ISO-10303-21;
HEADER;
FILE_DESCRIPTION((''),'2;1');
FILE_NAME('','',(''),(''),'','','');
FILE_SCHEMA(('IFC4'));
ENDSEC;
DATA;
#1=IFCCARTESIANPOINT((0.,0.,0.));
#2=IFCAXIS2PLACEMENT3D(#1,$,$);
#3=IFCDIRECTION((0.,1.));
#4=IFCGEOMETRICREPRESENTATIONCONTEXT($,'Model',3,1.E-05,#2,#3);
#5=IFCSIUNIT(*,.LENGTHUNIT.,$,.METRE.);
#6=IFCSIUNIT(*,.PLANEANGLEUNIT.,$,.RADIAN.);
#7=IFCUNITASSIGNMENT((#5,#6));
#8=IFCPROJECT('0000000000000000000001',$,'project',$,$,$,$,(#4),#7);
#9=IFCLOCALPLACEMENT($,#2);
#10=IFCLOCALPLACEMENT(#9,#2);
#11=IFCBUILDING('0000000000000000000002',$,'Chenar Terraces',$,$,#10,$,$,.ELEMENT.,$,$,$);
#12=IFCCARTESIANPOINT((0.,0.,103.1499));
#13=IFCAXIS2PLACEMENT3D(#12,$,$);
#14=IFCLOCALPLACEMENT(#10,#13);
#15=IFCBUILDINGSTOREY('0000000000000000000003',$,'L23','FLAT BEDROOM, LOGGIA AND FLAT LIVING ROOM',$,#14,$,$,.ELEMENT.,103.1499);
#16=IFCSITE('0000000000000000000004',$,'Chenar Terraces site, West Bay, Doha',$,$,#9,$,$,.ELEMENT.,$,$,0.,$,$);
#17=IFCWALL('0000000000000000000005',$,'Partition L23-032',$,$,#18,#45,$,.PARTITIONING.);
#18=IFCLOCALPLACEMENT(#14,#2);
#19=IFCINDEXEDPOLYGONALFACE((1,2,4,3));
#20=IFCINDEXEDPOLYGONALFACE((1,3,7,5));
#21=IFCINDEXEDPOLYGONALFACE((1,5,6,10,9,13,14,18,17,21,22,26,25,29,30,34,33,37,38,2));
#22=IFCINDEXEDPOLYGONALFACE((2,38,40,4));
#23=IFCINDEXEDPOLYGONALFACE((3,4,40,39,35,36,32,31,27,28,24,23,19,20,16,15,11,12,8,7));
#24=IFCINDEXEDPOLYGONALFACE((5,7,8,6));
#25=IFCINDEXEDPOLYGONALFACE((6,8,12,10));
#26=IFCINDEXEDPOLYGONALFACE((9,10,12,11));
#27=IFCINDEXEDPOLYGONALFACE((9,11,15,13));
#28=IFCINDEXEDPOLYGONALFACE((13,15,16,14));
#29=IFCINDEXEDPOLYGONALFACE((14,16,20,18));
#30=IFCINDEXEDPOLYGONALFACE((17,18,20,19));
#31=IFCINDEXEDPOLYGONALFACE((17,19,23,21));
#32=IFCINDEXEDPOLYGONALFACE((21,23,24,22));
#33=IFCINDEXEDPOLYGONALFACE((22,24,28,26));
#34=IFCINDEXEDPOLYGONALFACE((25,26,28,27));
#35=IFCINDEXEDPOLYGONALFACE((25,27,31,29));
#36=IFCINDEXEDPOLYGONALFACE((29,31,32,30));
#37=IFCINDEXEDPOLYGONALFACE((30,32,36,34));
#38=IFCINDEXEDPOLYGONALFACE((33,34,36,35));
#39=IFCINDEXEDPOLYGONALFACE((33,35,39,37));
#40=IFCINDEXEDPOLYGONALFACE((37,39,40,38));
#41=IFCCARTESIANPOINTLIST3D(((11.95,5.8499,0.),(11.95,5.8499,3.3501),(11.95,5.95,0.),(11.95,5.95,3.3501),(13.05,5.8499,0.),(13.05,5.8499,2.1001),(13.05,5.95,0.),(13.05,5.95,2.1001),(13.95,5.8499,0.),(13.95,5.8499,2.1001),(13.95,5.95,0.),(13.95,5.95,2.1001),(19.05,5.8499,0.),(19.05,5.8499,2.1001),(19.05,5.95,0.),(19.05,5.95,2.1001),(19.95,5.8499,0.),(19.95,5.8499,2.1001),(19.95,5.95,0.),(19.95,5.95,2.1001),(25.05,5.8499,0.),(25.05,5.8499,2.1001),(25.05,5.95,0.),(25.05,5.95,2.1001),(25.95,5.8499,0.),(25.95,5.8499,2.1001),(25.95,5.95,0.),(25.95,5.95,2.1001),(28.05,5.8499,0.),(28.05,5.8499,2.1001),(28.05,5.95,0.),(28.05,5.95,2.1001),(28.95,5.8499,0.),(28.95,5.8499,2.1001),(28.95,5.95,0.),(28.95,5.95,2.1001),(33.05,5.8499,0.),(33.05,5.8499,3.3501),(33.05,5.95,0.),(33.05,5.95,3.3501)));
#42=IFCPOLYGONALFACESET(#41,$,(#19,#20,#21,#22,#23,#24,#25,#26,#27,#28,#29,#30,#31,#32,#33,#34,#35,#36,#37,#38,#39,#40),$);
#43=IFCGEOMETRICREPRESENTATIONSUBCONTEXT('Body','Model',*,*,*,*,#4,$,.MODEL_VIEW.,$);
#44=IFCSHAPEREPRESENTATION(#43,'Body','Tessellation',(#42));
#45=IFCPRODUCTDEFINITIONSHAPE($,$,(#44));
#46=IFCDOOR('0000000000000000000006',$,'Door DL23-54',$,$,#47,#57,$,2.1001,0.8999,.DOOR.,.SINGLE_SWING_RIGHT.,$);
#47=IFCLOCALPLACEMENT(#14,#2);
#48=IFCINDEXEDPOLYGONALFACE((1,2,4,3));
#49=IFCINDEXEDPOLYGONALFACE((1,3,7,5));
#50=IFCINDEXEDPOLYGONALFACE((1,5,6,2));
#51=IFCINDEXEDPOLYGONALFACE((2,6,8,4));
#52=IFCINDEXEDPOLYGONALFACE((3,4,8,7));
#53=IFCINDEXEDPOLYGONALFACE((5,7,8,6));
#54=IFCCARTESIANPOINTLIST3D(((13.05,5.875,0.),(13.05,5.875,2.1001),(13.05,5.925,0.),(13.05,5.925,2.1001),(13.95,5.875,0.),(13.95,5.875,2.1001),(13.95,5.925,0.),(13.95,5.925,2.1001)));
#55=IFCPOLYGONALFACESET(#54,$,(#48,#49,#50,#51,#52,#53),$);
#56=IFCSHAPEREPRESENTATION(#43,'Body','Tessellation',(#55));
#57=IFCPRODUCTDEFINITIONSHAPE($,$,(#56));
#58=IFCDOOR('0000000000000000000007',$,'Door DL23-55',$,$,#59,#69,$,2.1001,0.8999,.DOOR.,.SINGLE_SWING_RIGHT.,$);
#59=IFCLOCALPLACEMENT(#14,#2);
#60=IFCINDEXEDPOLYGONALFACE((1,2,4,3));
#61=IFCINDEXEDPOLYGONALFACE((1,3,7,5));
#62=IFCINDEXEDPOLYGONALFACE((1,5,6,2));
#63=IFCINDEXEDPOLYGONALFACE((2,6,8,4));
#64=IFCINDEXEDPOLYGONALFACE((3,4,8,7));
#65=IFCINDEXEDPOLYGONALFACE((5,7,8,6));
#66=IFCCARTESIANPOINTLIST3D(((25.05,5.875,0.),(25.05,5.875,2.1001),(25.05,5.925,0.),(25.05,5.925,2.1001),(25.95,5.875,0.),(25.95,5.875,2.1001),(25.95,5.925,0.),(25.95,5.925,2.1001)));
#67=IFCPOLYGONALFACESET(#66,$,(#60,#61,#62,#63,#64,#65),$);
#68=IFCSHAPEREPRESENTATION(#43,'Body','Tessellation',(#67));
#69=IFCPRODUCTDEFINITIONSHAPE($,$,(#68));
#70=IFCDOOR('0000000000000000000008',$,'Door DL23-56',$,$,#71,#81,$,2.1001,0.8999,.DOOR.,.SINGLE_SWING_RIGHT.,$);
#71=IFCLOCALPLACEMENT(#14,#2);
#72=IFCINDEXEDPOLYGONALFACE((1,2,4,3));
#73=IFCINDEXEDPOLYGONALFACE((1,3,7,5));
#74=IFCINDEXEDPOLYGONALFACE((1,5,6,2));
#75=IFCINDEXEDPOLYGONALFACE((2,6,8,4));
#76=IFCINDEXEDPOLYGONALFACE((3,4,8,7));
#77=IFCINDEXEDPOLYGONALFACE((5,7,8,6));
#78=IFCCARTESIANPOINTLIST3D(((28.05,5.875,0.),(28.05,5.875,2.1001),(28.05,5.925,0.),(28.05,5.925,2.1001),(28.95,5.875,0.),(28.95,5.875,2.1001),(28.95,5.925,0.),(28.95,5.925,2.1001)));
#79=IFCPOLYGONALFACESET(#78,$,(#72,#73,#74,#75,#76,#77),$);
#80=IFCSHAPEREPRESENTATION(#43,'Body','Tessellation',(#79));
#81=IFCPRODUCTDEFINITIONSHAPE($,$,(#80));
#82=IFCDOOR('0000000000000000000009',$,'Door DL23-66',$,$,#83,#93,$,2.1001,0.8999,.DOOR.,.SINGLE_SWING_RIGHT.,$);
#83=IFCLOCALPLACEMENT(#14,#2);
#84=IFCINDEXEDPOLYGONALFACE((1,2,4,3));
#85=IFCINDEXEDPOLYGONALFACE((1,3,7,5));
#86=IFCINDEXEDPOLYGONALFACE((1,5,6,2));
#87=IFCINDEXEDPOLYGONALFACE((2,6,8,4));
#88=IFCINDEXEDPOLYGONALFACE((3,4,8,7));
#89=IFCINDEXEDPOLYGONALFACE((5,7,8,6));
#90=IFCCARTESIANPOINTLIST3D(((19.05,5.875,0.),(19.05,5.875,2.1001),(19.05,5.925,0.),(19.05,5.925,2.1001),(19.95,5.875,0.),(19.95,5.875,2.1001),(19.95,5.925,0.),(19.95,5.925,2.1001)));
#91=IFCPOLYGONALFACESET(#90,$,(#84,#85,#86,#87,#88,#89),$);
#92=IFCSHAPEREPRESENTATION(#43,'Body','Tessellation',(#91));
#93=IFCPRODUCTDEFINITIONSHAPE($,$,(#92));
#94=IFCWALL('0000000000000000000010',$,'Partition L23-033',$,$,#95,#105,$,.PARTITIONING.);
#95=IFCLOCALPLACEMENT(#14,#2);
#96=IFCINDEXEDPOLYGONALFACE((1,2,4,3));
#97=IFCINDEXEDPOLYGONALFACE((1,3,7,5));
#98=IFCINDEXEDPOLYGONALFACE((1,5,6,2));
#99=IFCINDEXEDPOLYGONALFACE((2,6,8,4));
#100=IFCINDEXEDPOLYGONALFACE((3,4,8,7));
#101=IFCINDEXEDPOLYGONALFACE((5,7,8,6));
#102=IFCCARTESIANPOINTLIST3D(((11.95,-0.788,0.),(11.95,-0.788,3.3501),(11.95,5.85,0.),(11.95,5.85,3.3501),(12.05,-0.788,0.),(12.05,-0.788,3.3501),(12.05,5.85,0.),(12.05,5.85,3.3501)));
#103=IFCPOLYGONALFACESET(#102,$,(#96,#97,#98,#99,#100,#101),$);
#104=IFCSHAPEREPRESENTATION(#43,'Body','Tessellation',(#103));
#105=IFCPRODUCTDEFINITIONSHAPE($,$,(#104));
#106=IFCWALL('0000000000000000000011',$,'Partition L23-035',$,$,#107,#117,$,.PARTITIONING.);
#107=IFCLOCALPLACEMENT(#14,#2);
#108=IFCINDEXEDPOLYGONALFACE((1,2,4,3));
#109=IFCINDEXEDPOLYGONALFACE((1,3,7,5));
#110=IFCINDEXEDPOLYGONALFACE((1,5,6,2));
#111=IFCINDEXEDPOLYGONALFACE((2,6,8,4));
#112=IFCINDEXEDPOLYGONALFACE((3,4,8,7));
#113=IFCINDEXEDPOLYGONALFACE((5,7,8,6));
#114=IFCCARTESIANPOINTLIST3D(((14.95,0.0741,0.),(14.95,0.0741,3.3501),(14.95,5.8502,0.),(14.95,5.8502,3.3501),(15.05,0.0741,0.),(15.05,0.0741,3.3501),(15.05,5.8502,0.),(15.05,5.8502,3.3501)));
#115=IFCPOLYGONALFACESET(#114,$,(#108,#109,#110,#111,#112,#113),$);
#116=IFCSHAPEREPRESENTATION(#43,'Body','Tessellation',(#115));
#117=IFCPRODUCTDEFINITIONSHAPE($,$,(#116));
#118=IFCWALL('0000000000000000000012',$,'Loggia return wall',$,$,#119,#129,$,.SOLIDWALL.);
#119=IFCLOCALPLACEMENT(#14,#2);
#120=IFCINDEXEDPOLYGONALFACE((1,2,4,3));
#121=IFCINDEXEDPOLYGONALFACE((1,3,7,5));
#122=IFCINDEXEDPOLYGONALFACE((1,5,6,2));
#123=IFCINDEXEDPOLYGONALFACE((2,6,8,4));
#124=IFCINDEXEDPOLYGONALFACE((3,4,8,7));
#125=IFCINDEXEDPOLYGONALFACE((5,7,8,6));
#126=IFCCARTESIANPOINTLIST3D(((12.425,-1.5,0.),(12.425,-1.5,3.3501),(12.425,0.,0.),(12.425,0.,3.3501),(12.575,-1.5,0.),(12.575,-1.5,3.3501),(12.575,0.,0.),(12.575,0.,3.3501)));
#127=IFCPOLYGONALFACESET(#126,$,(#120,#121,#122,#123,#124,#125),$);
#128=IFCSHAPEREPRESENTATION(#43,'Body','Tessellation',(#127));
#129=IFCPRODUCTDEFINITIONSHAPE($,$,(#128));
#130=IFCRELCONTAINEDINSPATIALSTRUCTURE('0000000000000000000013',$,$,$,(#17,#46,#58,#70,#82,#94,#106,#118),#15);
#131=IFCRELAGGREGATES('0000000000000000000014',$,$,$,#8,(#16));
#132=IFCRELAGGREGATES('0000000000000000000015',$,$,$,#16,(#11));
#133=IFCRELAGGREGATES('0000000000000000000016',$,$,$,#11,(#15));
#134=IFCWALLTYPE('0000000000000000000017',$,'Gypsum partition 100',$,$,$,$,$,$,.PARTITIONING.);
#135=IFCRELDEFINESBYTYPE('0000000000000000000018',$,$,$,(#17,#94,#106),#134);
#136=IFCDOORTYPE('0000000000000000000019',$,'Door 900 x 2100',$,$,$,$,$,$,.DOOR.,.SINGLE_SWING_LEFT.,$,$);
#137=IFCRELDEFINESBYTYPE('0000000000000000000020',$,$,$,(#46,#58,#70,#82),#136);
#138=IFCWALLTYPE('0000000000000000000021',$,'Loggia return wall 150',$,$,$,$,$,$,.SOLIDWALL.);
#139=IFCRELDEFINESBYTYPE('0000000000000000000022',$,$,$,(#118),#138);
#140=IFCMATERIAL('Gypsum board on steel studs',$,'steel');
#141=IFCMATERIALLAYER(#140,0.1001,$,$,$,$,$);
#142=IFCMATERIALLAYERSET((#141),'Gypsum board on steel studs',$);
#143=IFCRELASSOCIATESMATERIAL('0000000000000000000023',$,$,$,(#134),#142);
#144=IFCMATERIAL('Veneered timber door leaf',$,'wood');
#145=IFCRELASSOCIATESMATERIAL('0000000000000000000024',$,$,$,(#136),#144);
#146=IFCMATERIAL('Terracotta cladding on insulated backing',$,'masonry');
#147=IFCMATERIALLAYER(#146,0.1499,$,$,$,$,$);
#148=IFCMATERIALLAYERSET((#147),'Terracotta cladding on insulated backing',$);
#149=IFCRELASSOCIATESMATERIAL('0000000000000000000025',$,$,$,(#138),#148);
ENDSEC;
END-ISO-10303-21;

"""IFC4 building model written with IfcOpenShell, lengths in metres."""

from ifc_helpers import new_model, si_unit, direction, frame, frame_2d, origin, place, context, subcontext, project, spatial, rectangle, extrude, material, layer, layer_set, type_object, element, fill, save


model = new_model("IFC4")

# Units and contexts
model_context = context("Model", 3, precision=1e-05, world=origin(), true_north=direction((0.0, 1.0)))
body_context = subcontext(model_context, "Body", "Model", "MODEL_VIEW")
ifc_project = project(units=[si_unit("LENGTHUNIT", "METRE"), si_unit("PLANEANGLEUNIT", "RADIAN")], contexts=[model_context])

# Site, building, storey
site_placement = place(None, origin())
site = spatial("IfcSite", under=ifc_project, at=site_placement, Name="Chenar Terraces site, West Bay, Doha", CompositionType="ELEMENT", RefElevation=0.0)
building_placement = place(site_placement, origin())
building = spatial("IfcBuilding", under=site, at=building_placement, Name="Chenar Terraces", CompositionType="ELEMENT")
storey_placement = place(building_placement, frame((0.0, 0.0, 103.1499)))
storey = spatial("IfcBuildingStorey", under=building, at=storey_placement, Name="L23", Description="FLAT BEDROOM, LOGGIA AND FLAT LIVING ROOM", CompositionType="ELEMENT", Elevation=103.1499)

# Wall, openings, doors
ifc_material_1 = material(Name="Gypsum board on steel studs", Category="steel")
ifc_layer_1 = layer(ifc_material_1, 0.1001)
ifc_layer_set_1 = layer_set([ifc_layer_1], Name="Gypsum board on steel studs")
wall_type_1 = type_object("IfcWallType", Name="Gypsum partition 100", PredefinedType="PARTITIONING", material=ifc_layer_set_1)
wall_1_placement = place(storey_placement, frame((11.95, 5.8999, 0.0), z_axis=(0.0, 0.0, 1.0), x_axis=(1.0, 0.0, 0.0)))
wall_1 = element("IfcWall", 1, at=wall_1_placement, inside=storey, type_object=wall_type_1, Name="Partition L23-032", PredefinedType="PARTITIONING", context=body_context, shape_type="SweptSolid", body=[
    extrude(rectangle(XDim=21.1001, YDim=0.1001, at=frame_2d((10.55, 0.0))), origin(), (0.0, 0.0, 1.0), 3.3501),
])
opening_1_placement = place(wall_1_placement, frame((1.1001, 0.0, 0.0)))
opening_1 = element("IfcOpeningElement", 2, at=opening_1_placement, cuts=wall_1, PredefinedType="OPENING", context=body_context, shape_type="SweptSolid", body=[
    extrude(rectangle(XDim=0.8999, YDim=2.1001, at=frame_2d((0.45, 1.05))), frame((0.0, 0.0601, 0.0), z_axis=(0.0, -1.0, 0.0), x_axis=(1.0, 0.0, 0.0)), (0.0, 0.0, 1.0), 0.1201),
])
opening_2_placement = place(wall_1_placement, frame((13.1001, 0.0, 0.0)))
opening_2 = element("IfcOpeningElement", 3, at=opening_2_placement, cuts=wall_1, PredefinedType="OPENING", context=body_context, shape_type="SweptSolid", body=[
    extrude(rectangle(XDim=0.8999, YDim=2.1001, at=frame_2d((0.45, 1.05))), frame((0.0, 0.0601, 0.0), z_axis=(0.0, -1.0, 0.0), x_axis=(1.0, 0.0, 0.0)), (0.0, 0.0, 1.0), 0.1201),
])
opening_3_placement = place(wall_1_placement, frame((16.1001, 0.0, 0.0)))
opening_3 = element("IfcOpeningElement", 4, at=opening_3_placement, cuts=wall_1, PredefinedType="OPENING", context=body_context, shape_type="SweptSolid", body=[
    extrude(rectangle(XDim=0.8999, YDim=2.1001, at=frame_2d((0.45, 1.05))), frame((0.0, 0.0601, 0.0), z_axis=(0.0, -1.0, 0.0), x_axis=(1.0, 0.0, 0.0)), (0.0, 0.0, 1.0), 0.1201),
])
opening_4_placement = place(wall_1_placement, frame((7.1001, 0.0, 0.0)))
opening_4 = element("IfcOpeningElement", 5, at=opening_4_placement, cuts=wall_1, PredefinedType="OPENING", context=body_context, shape_type="SweptSolid", body=[
    extrude(rectangle(XDim=0.8999, YDim=2.1001, at=frame_2d((0.45, 1.05))), frame((0.0, 0.0601, 0.0), z_axis=(0.0, -1.0, 0.0), x_axis=(1.0, 0.0, 0.0)), (0.0, 0.0, 1.0), 0.1201),
])
ifc_material_2 = material(Name="Veneered timber door leaf", Category="wood")
door_type_1 = type_object("IfcDoorType", Name="Door 900 x 2100", OperationType="SINGLE_SWING_LEFT", PredefinedType="DOOR", material=ifc_material_2)
door_1_placement = place(opening_1_placement, frame((0.8999, 0.0, 0.0), z_axis=(0.0, 0.0, 1.0), x_axis=(-1.0, 0.0, 0.0)))
door_1 = element("IfcDoor", 6, at=door_1_placement, inside=storey, type_object=door_type_1, Name="Door DL23-54", OperationType="SINGLE_SWING_RIGHT", OverallHeight=2.1001, OverallWidth=0.8999, PredefinedType="DOOR", context=body_context, shape_type="SweptSolid", body=[
    extrude(rectangle(XDim=0.8999, YDim=2.1001, at=frame_2d((0.45, 1.05))), frame((0.0, 0.0249, 0.0), z_axis=(0.0, -1.0, 0.0), x_axis=(1.0, 0.0, 0.0)), (0.0, 0.0, 1.0), 0.05),
])
fill(opening_1, door_1)
door_2_placement = place(opening_2_placement, frame((0.8999, 0.0, 0.0), z_axis=(0.0, 0.0, 1.0), x_axis=(-1.0, 0.0, 0.0)))
door_2 = element("IfcDoor", 7, at=door_2_placement, inside=storey, type_object=door_type_1, Name="Door DL23-55", OperationType="SINGLE_SWING_RIGHT", OverallHeight=2.1001, OverallWidth=0.8999, PredefinedType="DOOR", context=body_context, shape_type="SweptSolid", body=[
    extrude(rectangle(XDim=0.8999, YDim=2.1001, at=frame_2d((0.45, 1.05))), frame((0.0, 0.0249, 0.0), z_axis=(0.0, -1.0, 0.0), x_axis=(1.0, 0.0, 0.0)), (0.0, 0.0, 1.0), 0.05),
])
fill(opening_2, door_2)
door_3_placement = place(opening_3_placement, frame((0.8999, 0.0, 0.0), z_axis=(0.0, 0.0, 1.0), x_axis=(-1.0, 0.0, 0.0)))
door_3 = element("IfcDoor", 8, at=door_3_placement, inside=storey, type_object=door_type_1, Name="Door DL23-56", OperationType="SINGLE_SWING_RIGHT", OverallHeight=2.1001, OverallWidth=0.8999, PredefinedType="DOOR", context=body_context, shape_type="SweptSolid", body=[
    extrude(rectangle(XDim=0.8999, YDim=2.1001, at=frame_2d((0.45, 1.05))), frame((0.0, 0.0249, 0.0), z_axis=(0.0, -1.0, 0.0), x_axis=(1.0, 0.0, 0.0)), (0.0, 0.0, 1.0), 0.05),
])
fill(opening_3, door_3)
door_4_placement = place(opening_4_placement, frame((0.8999, 0.0, 0.0), z_axis=(0.0, 0.0, 1.0), x_axis=(-1.0, 0.0, 0.0)))
door_4 = element("IfcDoor", 9, at=door_4_placement, inside=storey, type_object=door_type_1, Name="Door DL23-66", OperationType="SINGLE_SWING_RIGHT", OverallHeight=2.1001, OverallWidth=0.8999, PredefinedType="DOOR", context=body_context, shape_type="SweptSolid", body=[
    extrude(rectangle(XDim=0.8999, YDim=2.1001, at=frame_2d((0.45, 1.05))), frame((0.0, 0.0249, 0.0), z_axis=(0.0, -1.0, 0.0), x_axis=(1.0, 0.0, 0.0)), (0.0, 0.0, 1.0), 0.05),
])
fill(opening_4, door_4)

# Walls
wall_2_placement = place(storey_placement, frame((12.0, -0.7878, 0.0), z_axis=(0.0, 0.0, 1.0), x_axis=(0.0, 1.0, 0.0)))
element("IfcWall", 10, at=wall_2_placement, inside=storey, type_object=wall_type_1, Name="Partition L23-033", PredefinedType="PARTITIONING", context=body_context, shape_type="SweptSolid", body=[
    extrude(rectangle(XDim=6.6379, YDim=0.1001, at=frame_2d((3.3188, 0.0))), origin(), (0.0, 0.0, 1.0), 3.3501),
])
wall_3_placement = place(storey_placement, frame((15.0, 0.074, 0.0), z_axis=(0.0, 0.0, 1.0), x_axis=(0.0, 1.0, 0.0)))
element("IfcWall", 11, at=wall_3_placement, inside=storey, type_object=wall_type_1, Name="Partition L23-035", PredefinedType="PARTITIONING", context=body_context, shape_type="SweptSolid", body=[
    extrude(rectangle(XDim=5.7761, YDim=0.1001, at=frame_2d((2.8882, 0.0))), origin(), (0.0, 0.0, 1.0), 3.3501),
])
ifc_material_3 = material(Name="Terracotta cladding on insulated backing", Category="masonry")
ifc_layer_2 = layer(ifc_material_3, 0.1499)
ifc_layer_set_2 = layer_set([ifc_layer_2], Name="Terracotta cladding on insulated backing")
wall_type_2 = type_object("IfcWallType", Name="Loggia return wall 150", PredefinedType="SOLIDWALL", material=ifc_layer_set_2)
wall_4_placement = place(storey_placement, frame((12.5, -1.5, 0.0), z_axis=(0.0, 0.0, 1.0), x_axis=(0.0, 1.0, 0.0)))
element("IfcWall", 12, at=wall_4_placement, inside=storey, type_object=wall_type_2, Name="Loggia return wall", PredefinedType="SOLIDWALL", context=body_context, shape_type="SweptSolid", body=[
    extrude(rectangle(XDim=1.5, YDim=0.1499, at=frame_2d((0.75, 0.0))), origin(), (0.0, 0.0, 1.0), 3.3501),
])

save(model, "model.ifc")
